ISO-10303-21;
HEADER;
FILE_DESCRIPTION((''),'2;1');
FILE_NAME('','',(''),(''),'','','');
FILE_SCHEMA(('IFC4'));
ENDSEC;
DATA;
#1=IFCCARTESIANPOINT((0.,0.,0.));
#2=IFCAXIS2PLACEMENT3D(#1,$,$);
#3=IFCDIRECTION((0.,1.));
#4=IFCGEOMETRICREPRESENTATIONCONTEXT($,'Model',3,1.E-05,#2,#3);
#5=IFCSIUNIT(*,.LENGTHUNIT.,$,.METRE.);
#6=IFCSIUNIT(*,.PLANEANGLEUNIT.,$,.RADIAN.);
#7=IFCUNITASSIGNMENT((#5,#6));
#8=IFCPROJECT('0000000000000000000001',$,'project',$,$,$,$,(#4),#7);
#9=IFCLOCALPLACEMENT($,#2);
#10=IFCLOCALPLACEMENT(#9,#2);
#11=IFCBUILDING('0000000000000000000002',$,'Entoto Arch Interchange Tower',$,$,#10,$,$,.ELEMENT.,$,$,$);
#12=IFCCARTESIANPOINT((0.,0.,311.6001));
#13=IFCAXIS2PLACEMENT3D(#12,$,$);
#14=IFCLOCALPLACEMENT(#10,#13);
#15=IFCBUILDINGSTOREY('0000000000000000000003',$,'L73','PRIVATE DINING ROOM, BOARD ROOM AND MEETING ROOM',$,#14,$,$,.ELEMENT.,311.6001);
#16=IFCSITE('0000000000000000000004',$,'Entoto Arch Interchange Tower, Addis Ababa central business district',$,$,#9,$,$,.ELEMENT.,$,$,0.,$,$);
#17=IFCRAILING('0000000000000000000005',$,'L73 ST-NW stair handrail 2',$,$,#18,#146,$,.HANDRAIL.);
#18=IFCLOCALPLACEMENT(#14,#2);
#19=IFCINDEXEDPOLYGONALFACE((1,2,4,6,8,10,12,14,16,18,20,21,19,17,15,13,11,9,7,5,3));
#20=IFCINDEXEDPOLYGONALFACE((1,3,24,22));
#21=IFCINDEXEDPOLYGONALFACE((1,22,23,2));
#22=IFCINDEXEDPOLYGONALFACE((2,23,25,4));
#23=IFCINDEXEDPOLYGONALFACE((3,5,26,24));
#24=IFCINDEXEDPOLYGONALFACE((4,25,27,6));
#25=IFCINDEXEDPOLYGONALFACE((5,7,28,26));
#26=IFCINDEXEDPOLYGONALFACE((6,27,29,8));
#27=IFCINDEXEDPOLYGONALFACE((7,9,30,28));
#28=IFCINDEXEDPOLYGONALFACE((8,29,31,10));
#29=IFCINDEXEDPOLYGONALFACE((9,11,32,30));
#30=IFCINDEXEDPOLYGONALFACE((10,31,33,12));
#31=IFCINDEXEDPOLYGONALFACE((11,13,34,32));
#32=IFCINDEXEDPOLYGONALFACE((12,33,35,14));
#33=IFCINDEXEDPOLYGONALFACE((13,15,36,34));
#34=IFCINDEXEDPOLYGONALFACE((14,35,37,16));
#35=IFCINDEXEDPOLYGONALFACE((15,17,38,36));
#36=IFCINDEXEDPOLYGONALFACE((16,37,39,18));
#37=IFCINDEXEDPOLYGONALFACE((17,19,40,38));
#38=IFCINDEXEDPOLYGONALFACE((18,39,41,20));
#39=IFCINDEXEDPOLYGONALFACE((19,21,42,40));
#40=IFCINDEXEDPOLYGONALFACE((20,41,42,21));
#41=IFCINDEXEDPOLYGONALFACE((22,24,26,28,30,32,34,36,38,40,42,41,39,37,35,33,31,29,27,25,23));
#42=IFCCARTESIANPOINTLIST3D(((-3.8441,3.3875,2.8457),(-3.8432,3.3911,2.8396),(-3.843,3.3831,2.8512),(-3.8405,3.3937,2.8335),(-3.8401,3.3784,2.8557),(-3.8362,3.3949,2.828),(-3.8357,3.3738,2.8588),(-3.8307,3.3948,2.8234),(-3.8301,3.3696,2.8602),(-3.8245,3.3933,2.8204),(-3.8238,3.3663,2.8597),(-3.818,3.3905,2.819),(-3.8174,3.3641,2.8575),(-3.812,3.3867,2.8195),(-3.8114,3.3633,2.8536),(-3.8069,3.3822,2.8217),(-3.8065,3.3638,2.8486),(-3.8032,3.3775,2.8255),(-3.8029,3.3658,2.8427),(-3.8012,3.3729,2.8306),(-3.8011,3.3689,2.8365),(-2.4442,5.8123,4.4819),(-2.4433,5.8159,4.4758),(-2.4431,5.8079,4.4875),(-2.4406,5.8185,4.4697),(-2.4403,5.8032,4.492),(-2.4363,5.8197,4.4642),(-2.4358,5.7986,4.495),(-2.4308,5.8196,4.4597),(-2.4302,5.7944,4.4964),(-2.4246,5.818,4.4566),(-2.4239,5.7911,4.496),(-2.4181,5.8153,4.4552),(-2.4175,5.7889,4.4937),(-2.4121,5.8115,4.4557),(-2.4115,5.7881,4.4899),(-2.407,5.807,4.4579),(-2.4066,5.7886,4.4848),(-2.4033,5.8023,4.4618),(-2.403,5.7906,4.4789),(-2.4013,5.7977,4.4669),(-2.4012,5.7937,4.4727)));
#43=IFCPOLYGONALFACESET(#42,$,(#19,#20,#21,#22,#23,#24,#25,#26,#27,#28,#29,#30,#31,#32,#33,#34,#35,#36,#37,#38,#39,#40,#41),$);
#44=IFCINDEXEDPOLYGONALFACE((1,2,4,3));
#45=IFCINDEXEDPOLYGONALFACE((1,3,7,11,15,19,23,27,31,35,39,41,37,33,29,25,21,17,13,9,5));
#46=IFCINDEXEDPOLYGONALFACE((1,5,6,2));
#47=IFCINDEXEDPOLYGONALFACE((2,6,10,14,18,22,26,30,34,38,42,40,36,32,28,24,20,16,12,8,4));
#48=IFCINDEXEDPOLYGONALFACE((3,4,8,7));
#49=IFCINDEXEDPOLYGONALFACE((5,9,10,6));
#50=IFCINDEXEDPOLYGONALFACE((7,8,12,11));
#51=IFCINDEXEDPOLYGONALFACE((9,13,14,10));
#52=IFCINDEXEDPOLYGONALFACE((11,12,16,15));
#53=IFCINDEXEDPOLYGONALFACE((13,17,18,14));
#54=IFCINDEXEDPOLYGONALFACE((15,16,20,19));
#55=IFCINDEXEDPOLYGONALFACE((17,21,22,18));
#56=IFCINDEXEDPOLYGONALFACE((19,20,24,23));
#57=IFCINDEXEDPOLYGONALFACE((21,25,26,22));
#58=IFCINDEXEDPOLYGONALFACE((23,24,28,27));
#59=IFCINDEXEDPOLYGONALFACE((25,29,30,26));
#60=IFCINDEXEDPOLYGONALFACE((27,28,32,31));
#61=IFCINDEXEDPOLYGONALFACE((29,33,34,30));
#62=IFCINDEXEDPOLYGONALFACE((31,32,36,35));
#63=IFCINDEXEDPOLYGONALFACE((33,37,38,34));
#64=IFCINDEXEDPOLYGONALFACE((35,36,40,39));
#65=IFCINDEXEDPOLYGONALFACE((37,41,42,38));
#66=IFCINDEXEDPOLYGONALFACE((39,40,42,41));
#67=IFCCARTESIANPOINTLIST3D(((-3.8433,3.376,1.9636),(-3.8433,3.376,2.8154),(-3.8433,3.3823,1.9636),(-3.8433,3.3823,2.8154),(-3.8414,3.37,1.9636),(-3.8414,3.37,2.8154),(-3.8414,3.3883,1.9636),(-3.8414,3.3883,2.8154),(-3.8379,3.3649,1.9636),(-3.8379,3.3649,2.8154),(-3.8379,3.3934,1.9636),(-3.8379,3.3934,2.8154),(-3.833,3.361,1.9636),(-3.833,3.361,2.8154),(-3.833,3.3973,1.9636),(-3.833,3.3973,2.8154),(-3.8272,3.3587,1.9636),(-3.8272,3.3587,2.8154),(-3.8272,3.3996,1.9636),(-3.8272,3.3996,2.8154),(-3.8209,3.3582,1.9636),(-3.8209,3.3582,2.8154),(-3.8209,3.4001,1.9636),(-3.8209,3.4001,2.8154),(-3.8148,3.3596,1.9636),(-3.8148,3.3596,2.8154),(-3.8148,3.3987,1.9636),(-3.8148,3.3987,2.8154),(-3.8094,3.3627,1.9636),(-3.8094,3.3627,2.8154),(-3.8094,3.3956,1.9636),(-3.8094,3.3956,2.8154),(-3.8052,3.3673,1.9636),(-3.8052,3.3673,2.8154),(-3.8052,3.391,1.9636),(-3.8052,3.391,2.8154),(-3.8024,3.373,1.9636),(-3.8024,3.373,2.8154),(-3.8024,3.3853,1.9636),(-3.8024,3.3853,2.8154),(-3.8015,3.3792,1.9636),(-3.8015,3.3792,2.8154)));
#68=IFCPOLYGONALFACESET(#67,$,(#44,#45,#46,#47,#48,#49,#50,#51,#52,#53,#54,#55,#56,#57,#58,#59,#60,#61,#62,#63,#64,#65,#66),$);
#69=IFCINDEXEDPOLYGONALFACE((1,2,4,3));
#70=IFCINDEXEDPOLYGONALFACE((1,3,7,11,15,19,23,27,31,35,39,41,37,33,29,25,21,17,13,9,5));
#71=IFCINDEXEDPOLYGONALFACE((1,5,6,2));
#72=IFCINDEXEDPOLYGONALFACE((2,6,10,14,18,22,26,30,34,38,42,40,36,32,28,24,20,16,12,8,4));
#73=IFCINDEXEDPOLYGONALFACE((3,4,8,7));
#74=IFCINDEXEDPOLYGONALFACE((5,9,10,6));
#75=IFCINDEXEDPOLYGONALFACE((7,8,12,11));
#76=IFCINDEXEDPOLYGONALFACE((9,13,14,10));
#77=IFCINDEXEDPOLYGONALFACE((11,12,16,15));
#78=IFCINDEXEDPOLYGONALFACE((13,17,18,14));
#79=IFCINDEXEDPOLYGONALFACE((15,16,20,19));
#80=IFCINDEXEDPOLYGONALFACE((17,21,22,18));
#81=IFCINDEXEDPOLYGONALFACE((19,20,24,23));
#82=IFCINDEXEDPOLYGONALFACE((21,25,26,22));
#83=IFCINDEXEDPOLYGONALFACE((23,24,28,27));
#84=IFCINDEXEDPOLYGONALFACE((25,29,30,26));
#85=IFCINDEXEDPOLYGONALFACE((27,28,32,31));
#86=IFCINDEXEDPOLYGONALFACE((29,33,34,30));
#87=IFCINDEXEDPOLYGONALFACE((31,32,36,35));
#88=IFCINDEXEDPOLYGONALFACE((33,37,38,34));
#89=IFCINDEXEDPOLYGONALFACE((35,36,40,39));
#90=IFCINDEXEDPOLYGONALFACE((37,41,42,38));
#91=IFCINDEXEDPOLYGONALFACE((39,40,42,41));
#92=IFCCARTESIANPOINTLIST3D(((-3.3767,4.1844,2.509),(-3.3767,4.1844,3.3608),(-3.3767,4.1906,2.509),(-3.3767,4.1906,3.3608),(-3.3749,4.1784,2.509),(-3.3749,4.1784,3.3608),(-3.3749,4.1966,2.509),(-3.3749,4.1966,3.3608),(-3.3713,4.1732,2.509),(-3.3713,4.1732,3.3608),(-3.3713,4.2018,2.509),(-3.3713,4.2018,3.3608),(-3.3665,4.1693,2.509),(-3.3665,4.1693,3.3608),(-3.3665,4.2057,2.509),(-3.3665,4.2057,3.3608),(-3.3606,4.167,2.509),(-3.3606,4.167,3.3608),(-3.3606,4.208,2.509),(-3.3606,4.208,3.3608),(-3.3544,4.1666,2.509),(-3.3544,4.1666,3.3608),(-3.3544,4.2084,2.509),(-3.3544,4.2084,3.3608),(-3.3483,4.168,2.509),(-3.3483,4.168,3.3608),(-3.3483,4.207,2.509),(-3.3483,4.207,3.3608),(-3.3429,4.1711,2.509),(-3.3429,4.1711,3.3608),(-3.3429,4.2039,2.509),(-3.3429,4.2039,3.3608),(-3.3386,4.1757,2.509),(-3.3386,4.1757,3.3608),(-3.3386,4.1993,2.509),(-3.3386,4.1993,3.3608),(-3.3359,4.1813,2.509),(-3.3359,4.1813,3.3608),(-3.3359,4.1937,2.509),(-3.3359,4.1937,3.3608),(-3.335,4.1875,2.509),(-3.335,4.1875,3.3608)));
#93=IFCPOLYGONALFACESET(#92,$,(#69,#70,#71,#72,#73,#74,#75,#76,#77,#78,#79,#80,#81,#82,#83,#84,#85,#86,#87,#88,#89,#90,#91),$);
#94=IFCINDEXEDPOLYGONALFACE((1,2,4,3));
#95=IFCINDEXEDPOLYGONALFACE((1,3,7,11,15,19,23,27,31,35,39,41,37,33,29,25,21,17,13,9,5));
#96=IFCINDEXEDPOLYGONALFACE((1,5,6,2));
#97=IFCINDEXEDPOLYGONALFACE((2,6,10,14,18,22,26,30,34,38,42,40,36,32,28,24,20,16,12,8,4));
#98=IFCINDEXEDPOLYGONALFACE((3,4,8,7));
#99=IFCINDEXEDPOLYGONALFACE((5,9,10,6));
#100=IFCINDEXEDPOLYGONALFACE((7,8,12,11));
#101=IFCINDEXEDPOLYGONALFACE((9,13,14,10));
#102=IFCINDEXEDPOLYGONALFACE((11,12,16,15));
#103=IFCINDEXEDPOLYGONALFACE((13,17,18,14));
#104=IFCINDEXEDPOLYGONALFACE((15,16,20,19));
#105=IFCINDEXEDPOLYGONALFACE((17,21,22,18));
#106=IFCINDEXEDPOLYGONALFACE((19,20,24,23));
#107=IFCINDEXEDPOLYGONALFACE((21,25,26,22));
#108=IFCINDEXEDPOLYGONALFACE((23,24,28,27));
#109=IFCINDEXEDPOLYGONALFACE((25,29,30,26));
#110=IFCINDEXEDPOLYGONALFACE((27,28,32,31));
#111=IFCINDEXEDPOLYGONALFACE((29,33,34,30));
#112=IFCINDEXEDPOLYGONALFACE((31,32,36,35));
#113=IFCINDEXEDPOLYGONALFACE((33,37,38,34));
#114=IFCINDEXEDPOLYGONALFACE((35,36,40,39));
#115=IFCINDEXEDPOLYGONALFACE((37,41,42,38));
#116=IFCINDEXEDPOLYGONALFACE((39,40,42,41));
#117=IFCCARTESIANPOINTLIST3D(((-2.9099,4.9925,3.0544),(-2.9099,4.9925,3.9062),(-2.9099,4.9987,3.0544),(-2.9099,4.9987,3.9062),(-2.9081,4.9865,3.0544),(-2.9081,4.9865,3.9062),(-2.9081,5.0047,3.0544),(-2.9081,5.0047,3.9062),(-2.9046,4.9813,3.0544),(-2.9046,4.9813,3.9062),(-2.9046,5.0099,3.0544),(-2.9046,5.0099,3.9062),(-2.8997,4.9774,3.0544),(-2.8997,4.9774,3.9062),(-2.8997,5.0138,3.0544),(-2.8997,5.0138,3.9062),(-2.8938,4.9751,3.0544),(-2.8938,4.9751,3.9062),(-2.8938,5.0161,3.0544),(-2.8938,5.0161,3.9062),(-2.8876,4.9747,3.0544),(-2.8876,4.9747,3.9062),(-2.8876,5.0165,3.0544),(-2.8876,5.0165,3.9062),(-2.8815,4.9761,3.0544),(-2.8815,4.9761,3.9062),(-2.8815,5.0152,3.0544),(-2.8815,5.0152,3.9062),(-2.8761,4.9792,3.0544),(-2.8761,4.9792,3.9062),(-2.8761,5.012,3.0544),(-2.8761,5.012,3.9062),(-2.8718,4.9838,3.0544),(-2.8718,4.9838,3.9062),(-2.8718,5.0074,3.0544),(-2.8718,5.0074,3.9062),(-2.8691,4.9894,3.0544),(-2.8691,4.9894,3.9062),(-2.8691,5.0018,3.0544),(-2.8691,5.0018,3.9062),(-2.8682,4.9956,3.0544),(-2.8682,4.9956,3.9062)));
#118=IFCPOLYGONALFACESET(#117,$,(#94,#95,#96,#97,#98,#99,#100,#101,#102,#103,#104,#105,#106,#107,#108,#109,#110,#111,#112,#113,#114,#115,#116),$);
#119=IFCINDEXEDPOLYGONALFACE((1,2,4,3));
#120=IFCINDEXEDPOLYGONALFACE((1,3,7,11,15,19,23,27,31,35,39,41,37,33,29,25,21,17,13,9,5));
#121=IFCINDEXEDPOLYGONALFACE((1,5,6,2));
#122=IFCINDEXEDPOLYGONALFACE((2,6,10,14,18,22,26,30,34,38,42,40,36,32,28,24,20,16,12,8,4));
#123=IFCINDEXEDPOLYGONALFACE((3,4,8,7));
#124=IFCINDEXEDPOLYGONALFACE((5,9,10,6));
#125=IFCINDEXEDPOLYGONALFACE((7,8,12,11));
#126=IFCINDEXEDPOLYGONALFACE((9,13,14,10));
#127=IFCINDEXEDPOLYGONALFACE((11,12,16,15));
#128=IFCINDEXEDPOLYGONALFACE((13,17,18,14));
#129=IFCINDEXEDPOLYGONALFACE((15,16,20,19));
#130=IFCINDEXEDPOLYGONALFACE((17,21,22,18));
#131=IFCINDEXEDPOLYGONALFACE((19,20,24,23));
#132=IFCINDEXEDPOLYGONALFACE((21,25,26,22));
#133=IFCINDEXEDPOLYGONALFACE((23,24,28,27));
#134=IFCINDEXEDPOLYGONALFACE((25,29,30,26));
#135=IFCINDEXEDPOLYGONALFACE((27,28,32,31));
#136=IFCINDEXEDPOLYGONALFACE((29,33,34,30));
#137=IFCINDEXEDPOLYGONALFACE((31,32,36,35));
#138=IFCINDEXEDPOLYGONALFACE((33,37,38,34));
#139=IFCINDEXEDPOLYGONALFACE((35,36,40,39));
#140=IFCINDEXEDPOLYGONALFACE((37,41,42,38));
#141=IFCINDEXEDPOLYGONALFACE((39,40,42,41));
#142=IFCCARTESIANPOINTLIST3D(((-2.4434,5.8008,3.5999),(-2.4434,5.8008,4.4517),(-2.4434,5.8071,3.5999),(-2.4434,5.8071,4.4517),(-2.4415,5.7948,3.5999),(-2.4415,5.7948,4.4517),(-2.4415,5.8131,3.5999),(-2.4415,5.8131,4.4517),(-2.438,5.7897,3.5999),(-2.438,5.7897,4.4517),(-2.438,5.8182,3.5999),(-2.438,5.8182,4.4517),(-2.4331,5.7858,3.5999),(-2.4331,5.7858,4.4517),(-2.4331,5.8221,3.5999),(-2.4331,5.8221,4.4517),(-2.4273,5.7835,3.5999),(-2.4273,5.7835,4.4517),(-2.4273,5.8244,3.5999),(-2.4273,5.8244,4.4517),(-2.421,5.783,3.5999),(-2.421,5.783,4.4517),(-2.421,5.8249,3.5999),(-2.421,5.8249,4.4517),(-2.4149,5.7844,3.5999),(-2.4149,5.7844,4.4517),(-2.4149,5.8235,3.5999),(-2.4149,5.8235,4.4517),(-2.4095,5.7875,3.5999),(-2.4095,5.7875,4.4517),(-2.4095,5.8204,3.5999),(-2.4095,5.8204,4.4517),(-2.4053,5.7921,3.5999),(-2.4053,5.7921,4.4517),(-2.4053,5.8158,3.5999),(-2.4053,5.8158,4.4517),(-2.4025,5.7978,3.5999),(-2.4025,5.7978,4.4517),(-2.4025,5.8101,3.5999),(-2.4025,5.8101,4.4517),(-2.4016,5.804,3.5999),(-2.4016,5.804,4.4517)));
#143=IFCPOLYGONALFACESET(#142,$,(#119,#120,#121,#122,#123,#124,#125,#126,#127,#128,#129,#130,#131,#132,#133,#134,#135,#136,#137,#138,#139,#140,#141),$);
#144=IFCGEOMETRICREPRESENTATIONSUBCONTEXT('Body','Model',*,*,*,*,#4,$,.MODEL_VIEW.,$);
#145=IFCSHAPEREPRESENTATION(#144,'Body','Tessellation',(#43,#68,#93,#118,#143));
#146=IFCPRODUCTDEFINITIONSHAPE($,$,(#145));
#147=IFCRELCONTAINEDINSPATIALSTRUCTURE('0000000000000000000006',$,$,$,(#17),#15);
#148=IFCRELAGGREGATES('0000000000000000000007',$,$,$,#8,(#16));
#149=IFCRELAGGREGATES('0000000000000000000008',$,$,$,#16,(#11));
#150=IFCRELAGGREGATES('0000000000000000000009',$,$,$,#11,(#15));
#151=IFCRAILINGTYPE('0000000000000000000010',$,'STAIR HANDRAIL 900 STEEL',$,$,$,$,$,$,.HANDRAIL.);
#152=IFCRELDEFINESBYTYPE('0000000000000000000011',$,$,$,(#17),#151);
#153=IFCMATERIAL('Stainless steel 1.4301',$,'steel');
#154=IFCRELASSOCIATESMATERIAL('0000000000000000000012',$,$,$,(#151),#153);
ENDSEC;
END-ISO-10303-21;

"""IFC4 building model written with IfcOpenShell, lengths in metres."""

from ifc_helpers import new_model, si_unit, direction, frame, origin, origin_2d, place, context, subcontext, project, spatial, circle, extrude, material, type_object, element, save


model = new_model("IFC4")

# Units and contexts
model_context = context("Model", 3, precision=1e-05, world=origin(), true_north=direction((0.0, 1.0)))
body_context = subcontext(model_context, "Body", "Model", "MODEL_VIEW")
ifc_project = project(units=[si_unit("LENGTHUNIT", "METRE"), si_unit("PLANEANGLEUNIT", "RADIAN")], contexts=[model_context])

# Site, building, storey
site_placement = place(None, origin())
site = spatial("IfcSite", under=ifc_project, at=site_placement, Name="Entoto Arch Interchange Tower, Addis Ababa central business district", CompositionType="ELEMENT", RefElevation=0.0)
building_placement = place(site_placement, origin())
building = spatial("IfcBuilding", under=site, at=building_placement, Name="Entoto Arch Interchange Tower", CompositionType="ELEMENT")
storey_placement = place(building_placement, frame((0.0, 0.0, 311.6001)))
storey = spatial("IfcBuildingStorey", under=building, at=storey_placement, Name="L73", Description="PRIVATE DINING ROOM, BOARD ROOM AND MEETING ROOM", CompositionType="ELEMENT", Elevation=311.6001)

# Railing
ifc_material_1 = material(Name="Stainless steel 1.4301", Category="steel")
railing_type_1 = type_object("IfcRailingType", Name="STAIR HANDRAIL 900 STEEL", PredefinedType="HANDRAIL", material=ifc_material_1)
railing_1_placement = place(storey_placement, frame((-3.8225, 3.3792, 1.9636)))
element("IfcRailing", 1, at=railing_1_placement, inside=storey, type_object=railing_type_1, Name="L73 ST-NW stair handrail 2", PredefinedType="HANDRAIL", context=body_context, shape_type="SweptSolid", body=[
    extrude(circle(Radius=0.0239, at=origin_2d()), frame((0.0, 0.0, 0.876), z_axis=(0.431677, 0.747718, 0.504552), x_axis=(-0.866035, 0.499984, 0.0)), (0.0, 0.0, 1.0), 3.2429),
    extrude(circle(Radius=0.021, at=origin_2d()), origin(), (0.0, 0.0, 1.0), 0.8518),
    extrude(circle(Radius=0.021, at=origin_2d()), frame((0.4666, 0.8083, 0.5454)), (0.0, 0.0, 1.0), 0.8518),
    extrude(circle(Radius=0.021, at=origin_2d()), frame((0.9333, 1.6165, 1.0908)), (0.0, 0.0, 1.0), 0.8518),
    extrude(circle(Radius=0.021, at=origin_2d()), frame((1.3999, 2.4248, 1.6362)), (0.0, 0.0, 1.0), 0.8518),
])

save(model, "model.ifc")
